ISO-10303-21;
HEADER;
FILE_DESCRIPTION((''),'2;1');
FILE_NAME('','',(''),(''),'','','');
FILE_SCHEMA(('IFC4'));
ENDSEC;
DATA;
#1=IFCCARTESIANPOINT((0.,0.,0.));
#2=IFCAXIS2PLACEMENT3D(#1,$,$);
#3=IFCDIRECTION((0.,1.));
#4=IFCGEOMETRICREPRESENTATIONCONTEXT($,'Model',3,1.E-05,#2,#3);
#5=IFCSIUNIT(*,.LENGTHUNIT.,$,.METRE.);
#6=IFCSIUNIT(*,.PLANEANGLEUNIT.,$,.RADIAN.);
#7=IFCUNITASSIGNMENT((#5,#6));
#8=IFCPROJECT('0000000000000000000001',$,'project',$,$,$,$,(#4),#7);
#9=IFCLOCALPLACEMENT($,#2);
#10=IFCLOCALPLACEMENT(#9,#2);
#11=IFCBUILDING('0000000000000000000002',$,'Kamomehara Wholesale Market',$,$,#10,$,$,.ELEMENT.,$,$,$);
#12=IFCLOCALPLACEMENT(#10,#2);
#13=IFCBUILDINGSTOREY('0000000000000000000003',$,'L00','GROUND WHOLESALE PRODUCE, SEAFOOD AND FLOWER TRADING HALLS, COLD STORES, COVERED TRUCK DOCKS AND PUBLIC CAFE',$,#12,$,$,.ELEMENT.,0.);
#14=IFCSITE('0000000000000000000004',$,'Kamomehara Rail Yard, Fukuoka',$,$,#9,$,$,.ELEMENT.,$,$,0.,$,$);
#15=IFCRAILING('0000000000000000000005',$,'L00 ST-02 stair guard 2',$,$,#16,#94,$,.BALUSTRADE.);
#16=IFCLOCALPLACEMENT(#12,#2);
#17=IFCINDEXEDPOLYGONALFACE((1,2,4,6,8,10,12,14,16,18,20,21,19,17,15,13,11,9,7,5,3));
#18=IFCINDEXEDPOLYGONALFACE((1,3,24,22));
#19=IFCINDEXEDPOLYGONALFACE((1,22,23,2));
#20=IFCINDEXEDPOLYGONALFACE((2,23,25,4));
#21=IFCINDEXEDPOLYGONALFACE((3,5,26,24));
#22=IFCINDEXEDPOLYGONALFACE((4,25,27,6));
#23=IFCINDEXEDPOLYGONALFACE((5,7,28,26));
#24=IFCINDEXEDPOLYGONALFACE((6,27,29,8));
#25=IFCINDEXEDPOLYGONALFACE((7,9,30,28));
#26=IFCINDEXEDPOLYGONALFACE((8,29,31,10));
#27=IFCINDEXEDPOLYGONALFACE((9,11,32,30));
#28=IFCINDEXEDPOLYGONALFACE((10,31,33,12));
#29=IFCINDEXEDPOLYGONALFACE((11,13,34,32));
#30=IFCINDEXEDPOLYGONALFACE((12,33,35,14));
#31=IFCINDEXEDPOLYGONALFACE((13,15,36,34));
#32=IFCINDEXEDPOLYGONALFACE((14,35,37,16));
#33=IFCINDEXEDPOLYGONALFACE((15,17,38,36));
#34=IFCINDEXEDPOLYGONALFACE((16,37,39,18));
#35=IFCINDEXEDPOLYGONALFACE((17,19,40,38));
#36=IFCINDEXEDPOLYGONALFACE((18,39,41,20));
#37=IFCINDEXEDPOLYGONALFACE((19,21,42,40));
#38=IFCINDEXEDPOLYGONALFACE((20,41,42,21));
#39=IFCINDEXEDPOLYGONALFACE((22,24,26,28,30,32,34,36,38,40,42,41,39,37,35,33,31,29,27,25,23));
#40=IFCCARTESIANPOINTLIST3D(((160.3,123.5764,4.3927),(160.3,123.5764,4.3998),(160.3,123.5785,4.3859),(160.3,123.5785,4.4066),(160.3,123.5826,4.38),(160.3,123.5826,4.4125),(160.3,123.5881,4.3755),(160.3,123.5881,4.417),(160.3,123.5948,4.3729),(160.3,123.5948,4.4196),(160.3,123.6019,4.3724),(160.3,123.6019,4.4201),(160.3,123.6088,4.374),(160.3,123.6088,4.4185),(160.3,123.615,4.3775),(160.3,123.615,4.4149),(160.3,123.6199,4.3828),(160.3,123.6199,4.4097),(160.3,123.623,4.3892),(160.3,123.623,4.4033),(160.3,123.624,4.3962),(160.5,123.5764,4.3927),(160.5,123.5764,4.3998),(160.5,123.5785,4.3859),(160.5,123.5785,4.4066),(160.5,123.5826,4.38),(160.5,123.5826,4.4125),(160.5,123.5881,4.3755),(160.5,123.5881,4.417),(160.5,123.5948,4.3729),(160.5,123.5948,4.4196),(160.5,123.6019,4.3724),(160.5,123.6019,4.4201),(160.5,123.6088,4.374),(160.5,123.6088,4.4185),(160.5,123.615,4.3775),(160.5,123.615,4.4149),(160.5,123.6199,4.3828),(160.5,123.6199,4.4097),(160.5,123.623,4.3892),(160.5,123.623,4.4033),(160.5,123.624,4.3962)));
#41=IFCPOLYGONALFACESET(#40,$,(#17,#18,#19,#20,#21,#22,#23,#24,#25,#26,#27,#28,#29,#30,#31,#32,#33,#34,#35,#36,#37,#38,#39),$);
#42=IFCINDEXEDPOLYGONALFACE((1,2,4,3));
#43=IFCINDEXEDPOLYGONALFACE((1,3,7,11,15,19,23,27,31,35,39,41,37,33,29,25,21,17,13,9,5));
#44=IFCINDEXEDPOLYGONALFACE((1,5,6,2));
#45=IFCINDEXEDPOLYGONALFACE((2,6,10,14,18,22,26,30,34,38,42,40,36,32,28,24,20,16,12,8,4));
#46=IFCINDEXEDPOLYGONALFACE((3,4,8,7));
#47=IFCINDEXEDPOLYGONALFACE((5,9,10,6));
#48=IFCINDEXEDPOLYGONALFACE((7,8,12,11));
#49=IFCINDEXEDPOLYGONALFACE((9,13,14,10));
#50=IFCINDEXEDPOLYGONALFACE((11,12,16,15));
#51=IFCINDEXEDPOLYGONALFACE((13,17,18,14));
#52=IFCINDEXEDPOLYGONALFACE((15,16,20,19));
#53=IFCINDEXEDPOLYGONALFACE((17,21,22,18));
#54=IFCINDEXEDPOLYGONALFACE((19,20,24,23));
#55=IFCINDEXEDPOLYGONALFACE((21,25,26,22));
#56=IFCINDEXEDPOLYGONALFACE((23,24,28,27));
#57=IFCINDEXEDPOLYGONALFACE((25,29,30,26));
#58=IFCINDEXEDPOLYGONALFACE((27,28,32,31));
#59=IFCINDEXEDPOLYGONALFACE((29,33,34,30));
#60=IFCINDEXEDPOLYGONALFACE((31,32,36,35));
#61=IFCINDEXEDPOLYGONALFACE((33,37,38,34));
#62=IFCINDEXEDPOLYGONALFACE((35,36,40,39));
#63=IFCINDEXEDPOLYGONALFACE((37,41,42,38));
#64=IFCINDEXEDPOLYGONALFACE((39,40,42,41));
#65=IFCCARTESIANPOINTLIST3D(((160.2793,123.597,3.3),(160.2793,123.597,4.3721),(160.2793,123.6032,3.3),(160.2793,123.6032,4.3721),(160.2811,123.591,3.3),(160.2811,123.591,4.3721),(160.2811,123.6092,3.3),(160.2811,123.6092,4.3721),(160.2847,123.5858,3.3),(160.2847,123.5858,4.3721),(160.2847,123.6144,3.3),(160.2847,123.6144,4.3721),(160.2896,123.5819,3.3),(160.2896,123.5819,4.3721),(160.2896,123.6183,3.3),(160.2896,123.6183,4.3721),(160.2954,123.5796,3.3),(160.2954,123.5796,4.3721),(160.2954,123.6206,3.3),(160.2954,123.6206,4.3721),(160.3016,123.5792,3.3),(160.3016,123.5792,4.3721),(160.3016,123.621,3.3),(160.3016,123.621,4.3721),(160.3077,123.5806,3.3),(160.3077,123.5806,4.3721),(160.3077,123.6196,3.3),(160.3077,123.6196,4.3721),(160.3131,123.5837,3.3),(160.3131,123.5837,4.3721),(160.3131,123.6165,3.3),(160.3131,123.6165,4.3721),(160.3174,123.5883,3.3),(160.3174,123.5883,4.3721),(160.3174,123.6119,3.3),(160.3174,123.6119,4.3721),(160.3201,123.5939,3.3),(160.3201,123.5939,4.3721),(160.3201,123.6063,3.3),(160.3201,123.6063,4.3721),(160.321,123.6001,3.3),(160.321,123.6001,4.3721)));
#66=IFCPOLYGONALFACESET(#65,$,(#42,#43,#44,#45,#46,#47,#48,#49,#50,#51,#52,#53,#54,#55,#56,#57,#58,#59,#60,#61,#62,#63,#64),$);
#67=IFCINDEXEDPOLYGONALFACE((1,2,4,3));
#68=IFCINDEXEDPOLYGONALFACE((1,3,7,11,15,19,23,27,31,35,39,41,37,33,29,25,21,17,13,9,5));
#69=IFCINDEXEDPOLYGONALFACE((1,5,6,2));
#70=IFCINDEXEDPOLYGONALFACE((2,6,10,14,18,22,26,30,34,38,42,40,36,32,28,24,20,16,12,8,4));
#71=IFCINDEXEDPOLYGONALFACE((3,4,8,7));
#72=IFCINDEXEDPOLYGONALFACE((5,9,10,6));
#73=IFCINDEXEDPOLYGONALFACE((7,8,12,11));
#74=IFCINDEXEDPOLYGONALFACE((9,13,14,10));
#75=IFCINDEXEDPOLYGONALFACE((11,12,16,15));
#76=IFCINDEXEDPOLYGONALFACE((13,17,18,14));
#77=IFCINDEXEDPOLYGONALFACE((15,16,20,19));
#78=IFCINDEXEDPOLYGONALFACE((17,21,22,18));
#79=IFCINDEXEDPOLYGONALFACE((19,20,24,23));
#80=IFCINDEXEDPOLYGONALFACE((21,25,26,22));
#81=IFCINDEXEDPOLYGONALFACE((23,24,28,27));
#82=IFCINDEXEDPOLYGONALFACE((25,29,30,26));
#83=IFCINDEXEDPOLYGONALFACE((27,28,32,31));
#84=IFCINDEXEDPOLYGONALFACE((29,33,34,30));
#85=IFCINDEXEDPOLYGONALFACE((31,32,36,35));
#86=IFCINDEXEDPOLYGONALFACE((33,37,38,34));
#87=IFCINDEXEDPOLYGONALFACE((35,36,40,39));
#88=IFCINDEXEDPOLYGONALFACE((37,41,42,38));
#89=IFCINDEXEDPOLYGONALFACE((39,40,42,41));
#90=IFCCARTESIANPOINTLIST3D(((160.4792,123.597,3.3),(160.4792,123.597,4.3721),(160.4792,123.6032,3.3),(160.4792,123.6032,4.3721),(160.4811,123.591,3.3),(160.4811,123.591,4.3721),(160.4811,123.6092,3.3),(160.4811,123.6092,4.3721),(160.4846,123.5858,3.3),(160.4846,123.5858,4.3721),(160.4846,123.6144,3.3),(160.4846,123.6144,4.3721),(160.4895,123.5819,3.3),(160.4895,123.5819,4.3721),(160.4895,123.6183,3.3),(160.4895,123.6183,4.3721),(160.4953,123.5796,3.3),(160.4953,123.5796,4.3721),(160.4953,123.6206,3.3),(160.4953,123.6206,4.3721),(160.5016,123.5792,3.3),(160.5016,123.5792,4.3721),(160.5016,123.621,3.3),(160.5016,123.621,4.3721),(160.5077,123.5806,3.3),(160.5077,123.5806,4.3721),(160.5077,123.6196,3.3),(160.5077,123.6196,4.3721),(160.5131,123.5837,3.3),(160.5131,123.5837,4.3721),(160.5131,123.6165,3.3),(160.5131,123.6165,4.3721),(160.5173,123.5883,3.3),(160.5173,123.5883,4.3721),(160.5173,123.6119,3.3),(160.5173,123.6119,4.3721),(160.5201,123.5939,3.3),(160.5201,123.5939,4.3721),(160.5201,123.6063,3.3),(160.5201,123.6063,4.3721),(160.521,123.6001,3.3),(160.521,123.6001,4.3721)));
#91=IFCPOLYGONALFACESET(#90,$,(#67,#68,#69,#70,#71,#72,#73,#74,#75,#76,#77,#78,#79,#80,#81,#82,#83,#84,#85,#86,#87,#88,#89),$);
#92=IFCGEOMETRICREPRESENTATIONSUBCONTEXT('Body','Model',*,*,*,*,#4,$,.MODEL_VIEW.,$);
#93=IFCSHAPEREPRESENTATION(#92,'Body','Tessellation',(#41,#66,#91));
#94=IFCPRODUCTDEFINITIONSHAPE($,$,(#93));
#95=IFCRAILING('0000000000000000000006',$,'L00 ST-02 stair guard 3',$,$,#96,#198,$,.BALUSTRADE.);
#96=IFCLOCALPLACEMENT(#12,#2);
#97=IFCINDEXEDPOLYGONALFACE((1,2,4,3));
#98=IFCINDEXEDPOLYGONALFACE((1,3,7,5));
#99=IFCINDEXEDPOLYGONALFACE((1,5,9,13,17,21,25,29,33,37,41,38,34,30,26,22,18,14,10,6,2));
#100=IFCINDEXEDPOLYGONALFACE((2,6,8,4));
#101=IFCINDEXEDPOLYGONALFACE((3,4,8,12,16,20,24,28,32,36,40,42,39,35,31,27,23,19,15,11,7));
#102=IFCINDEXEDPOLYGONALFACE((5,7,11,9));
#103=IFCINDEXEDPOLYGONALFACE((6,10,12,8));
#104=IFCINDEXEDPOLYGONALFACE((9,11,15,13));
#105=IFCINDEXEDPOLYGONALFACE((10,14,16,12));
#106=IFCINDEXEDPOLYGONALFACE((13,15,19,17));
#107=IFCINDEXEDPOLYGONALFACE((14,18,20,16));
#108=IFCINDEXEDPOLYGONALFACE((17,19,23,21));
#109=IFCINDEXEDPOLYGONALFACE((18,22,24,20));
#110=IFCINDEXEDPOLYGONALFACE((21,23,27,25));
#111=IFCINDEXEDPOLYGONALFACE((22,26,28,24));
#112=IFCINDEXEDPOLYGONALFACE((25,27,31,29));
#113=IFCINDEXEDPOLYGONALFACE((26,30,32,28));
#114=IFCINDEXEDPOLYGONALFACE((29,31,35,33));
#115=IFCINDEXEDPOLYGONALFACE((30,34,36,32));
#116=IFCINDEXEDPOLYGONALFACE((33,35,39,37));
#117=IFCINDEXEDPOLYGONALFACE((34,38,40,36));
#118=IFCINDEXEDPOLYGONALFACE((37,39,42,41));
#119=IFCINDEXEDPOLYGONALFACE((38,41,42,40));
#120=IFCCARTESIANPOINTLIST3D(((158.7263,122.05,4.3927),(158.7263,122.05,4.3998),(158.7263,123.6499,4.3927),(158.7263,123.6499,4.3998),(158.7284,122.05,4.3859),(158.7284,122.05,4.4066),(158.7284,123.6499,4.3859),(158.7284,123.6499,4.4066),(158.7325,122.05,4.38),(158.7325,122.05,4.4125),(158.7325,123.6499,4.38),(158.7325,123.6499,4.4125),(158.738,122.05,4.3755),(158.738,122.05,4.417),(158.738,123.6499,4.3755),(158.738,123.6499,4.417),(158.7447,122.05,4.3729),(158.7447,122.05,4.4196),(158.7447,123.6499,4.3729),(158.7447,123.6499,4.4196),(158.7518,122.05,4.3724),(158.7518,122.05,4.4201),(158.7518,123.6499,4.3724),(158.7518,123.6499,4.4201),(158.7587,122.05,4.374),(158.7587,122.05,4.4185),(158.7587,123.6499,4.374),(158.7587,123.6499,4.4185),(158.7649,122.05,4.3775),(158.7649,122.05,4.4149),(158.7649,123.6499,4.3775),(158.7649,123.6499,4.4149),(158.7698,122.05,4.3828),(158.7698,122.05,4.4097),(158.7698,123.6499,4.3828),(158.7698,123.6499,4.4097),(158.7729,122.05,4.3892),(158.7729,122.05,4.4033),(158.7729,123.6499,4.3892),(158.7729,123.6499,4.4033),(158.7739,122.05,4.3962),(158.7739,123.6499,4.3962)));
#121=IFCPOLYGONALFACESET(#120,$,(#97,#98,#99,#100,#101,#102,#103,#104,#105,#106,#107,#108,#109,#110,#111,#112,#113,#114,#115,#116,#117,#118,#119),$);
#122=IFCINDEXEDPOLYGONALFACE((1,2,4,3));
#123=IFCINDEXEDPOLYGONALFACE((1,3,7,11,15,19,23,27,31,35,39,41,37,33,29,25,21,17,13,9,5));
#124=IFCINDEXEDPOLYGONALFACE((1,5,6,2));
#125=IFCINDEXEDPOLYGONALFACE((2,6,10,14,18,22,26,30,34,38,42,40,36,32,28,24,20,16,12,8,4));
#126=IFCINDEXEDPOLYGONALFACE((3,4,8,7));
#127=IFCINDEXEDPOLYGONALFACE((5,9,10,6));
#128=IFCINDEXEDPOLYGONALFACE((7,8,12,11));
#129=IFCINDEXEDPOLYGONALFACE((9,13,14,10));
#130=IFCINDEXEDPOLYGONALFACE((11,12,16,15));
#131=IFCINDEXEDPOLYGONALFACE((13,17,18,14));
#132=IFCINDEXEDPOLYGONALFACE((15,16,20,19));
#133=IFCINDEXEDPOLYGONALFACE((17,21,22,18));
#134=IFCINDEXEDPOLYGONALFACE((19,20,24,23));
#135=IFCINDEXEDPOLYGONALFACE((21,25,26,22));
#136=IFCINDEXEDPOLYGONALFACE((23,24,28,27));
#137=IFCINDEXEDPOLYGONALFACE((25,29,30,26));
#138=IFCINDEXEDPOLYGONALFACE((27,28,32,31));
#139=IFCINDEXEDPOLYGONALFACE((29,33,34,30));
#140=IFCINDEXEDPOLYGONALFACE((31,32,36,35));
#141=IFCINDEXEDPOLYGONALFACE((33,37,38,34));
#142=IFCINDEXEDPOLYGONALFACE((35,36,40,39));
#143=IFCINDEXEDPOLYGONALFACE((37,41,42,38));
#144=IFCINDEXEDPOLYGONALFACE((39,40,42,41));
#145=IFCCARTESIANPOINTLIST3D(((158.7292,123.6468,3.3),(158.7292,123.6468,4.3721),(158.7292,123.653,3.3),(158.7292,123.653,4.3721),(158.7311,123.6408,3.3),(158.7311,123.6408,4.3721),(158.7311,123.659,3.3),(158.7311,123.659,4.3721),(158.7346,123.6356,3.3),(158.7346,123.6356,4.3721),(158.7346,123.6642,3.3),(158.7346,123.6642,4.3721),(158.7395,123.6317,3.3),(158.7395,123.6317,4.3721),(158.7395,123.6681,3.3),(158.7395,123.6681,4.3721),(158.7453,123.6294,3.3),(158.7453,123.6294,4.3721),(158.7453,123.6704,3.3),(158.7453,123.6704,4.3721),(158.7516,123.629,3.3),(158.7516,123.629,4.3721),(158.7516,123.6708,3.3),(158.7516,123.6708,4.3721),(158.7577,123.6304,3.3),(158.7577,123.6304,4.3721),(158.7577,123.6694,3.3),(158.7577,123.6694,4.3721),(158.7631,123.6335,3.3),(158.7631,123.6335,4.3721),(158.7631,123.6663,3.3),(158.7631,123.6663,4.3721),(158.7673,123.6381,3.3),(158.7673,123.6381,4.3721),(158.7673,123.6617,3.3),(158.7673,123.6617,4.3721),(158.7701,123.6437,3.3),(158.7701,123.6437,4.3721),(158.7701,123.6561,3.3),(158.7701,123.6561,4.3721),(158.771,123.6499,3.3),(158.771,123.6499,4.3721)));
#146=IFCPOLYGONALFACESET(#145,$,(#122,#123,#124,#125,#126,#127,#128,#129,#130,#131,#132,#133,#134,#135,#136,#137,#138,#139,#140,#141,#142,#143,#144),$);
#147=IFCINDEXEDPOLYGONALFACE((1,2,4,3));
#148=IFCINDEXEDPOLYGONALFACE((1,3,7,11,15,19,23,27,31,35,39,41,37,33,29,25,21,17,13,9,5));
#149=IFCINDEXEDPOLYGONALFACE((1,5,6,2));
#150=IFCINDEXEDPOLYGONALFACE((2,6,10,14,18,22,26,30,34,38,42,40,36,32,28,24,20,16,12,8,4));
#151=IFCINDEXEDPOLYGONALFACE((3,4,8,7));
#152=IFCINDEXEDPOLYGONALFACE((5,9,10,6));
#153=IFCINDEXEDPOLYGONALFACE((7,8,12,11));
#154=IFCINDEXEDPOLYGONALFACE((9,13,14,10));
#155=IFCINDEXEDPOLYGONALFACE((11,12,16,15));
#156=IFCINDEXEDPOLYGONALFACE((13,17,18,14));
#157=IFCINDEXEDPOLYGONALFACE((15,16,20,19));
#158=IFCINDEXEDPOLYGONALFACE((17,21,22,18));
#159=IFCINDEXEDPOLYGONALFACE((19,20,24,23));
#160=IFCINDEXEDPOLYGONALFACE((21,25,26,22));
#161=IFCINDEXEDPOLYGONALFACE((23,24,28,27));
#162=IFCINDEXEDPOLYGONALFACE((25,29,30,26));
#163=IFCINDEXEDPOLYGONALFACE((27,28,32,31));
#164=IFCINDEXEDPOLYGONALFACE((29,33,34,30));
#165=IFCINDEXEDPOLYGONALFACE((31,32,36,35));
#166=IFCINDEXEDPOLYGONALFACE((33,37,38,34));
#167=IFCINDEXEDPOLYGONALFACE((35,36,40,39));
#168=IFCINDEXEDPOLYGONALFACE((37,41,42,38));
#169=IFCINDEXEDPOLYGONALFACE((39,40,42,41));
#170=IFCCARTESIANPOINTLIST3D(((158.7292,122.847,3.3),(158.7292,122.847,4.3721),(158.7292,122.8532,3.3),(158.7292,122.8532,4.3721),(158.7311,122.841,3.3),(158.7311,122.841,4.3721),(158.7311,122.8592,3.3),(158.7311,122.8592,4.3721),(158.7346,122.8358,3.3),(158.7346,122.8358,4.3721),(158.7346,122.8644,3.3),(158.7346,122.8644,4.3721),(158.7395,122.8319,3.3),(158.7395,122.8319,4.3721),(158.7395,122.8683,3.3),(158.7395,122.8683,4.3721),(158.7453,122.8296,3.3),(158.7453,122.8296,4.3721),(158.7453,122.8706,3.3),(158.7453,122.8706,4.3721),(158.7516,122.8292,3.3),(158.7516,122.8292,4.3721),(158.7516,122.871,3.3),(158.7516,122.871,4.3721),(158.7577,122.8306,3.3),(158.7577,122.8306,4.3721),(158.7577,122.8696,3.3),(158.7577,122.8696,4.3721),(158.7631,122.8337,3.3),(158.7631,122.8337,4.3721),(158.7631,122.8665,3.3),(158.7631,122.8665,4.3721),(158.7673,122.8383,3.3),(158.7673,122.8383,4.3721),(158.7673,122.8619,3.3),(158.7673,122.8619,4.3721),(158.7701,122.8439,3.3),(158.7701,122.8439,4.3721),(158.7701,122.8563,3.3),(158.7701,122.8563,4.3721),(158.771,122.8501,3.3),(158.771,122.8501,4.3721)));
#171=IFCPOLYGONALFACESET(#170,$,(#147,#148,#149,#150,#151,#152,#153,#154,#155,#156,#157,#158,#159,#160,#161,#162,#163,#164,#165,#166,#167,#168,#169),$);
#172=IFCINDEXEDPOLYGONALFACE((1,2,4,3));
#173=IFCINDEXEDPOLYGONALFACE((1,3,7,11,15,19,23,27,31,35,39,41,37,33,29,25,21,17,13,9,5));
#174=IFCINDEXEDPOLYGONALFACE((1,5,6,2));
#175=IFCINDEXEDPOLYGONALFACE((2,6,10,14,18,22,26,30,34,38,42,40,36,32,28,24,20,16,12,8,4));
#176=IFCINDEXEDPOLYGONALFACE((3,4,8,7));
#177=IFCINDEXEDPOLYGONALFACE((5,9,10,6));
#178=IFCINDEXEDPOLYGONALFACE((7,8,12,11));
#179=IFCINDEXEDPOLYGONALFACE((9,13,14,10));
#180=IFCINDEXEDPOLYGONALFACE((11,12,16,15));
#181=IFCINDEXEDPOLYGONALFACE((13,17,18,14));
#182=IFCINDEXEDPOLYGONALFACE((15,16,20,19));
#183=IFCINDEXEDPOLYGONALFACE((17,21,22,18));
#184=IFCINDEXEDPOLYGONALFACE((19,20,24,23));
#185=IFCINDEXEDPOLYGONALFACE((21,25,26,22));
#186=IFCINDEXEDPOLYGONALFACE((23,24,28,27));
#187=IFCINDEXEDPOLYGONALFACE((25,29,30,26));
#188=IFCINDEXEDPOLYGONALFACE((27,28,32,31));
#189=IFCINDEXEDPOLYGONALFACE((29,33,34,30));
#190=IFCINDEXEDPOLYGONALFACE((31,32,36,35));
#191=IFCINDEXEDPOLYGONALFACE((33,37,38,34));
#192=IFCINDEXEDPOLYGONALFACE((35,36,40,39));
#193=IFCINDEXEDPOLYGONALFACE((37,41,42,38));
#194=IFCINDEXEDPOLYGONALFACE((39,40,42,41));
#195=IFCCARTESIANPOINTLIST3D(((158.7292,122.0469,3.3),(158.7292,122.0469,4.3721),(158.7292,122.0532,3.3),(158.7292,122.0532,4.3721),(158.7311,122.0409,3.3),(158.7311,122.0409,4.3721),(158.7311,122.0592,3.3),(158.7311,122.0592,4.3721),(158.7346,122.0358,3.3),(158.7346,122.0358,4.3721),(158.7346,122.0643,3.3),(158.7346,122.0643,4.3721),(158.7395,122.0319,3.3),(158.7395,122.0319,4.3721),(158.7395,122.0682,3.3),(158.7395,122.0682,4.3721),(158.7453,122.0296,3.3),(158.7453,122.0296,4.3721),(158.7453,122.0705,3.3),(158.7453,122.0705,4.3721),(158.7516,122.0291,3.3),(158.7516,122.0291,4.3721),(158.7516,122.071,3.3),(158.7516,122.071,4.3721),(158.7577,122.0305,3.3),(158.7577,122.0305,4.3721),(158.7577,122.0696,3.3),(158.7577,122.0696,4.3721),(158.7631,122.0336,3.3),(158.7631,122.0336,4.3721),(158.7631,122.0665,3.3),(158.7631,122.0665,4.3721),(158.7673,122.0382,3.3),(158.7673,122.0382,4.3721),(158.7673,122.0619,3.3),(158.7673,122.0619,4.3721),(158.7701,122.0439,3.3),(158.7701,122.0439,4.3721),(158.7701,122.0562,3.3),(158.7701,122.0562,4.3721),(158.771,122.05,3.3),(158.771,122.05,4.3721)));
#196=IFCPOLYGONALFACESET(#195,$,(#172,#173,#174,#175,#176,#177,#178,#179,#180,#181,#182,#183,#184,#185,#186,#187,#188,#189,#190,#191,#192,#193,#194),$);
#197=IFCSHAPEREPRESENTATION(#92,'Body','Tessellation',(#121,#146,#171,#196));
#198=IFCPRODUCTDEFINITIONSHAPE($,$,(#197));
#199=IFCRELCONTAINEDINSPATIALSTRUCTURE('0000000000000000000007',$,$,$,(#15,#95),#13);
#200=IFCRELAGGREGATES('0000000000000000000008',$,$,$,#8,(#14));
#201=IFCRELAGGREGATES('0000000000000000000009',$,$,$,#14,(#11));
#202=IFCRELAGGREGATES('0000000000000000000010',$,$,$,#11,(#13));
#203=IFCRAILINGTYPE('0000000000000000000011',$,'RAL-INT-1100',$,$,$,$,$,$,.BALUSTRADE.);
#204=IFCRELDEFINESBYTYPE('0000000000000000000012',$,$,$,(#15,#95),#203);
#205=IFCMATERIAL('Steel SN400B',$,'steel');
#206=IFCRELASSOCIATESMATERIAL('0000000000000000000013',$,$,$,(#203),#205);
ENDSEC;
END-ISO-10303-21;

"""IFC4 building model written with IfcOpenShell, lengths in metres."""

from ifc_helpers import new_model, si_unit, direction, frame, origin, origin_2d, place, context, subcontext, project, spatial, circle, extrude, material, type_object, element, save


model = new_model("IFC4")

# Units and contexts
model_context = context("Model", 3, precision=1e-05, world=origin(), true_north=direction((0.0, 1.0)))
body_context = subcontext(model_context, "Body", "Model", "MODEL_VIEW")
ifc_project = project(units=[si_unit("LENGTHUNIT", "METRE"), si_unit("PLANEANGLEUNIT", "RADIAN")], contexts=[model_context])

# Site, building, storey
site_placement = place(None, origin())
site = spatial("IfcSite", under=ifc_project, at=site_placement, Name="Kamomehara Rail Yard, Fukuoka", CompositionType="ELEMENT", RefElevation=0.0)
building_placement = place(site_placement, origin())
building = spatial("IfcBuilding", under=site, at=building_placement, Name="Kamomehara Wholesale Market", CompositionType="ELEMENT")
storey_placement = place(building_placement, origin())
storey = spatial("IfcBuildingStorey", under=building, at=storey_placement, Name="L00", Description="GROUND WHOLESALE PRODUCE, SEAFOOD AND FLOWER TRADING HALLS, COLD STORES, COVERED TRUCK DOCKS AND PUBLIC CAFE", CompositionType="ELEMENT", Elevation=0.0)

# Railings
ifc_material_1 = material(Name="Steel SN400B", Category="steel")
railing_type = type_object("IfcRailingType", Name="RAL-INT-1100", PredefinedType="BALUSTRADE", material=ifc_material_1)
railing_1_placement = place(storey_placement, frame((160.3, 123.6001, 3.3)))
element("IfcRailing", 1, at=railing_1_placement, inside=storey, type_object=railing_type, Name="L00 ST-02 stair guard 2", PredefinedType="BALUSTRADE", context=body_context, shape_type="SweptSolid", body=[
    extrude(circle(Radius=0.0239, at=origin_2d()), frame((0.0, 0.0, 1.0962), z_axis=(1.0, 0.0, 0.0), x_axis=(0.0, 1.0, 0.0)), (0.0, 0.0, 1.0), 0.2),
    extrude(circle(Radius=0.021, at=origin_2d()), origin(), (0.0, 0.0, 1.0), 1.072),
    extrude(circle(Radius=0.021, at=origin_2d()), frame((0.2, 0.0, 0.0)), (0.0, 0.0, 1.0), 1.072),
])
railing_2_placement = place(storey_placement, frame((158.75, 123.6499, 3.3)))
element("IfcRailing", 2, at=railing_2_placement, inside=storey, type_object=railing_type, Name="L00 ST-02 stair guard 3", PredefinedType="BALUSTRADE", context=body_context, shape_type="SweptSolid", body=[
    extrude(circle(Radius=0.0239, at=origin_2d()), frame((0.0, 0.0, 1.0962), z_axis=(0.0, -1.0, 0.0), x_axis=(1.0, 0.0, 0.0)), (0.0, 0.0, 1.0), 1.5999),
    extrude(circle(Radius=0.021, at=origin_2d()), origin(), (0.0, 0.0, 1.0), 1.072),
    extrude(circle(Radius=0.021, at=origin_2d()), frame((0.0, -0.7998, 0.0)), (0.0, 0.0, 1.0), 1.072),
    extrude(circle(Radius=0.021, at=origin_2d()), frame((0.0, -1.5999, 0.0)), (0.0, 0.0, 1.0), 1.072),
])

save(model, "model.ifc")
